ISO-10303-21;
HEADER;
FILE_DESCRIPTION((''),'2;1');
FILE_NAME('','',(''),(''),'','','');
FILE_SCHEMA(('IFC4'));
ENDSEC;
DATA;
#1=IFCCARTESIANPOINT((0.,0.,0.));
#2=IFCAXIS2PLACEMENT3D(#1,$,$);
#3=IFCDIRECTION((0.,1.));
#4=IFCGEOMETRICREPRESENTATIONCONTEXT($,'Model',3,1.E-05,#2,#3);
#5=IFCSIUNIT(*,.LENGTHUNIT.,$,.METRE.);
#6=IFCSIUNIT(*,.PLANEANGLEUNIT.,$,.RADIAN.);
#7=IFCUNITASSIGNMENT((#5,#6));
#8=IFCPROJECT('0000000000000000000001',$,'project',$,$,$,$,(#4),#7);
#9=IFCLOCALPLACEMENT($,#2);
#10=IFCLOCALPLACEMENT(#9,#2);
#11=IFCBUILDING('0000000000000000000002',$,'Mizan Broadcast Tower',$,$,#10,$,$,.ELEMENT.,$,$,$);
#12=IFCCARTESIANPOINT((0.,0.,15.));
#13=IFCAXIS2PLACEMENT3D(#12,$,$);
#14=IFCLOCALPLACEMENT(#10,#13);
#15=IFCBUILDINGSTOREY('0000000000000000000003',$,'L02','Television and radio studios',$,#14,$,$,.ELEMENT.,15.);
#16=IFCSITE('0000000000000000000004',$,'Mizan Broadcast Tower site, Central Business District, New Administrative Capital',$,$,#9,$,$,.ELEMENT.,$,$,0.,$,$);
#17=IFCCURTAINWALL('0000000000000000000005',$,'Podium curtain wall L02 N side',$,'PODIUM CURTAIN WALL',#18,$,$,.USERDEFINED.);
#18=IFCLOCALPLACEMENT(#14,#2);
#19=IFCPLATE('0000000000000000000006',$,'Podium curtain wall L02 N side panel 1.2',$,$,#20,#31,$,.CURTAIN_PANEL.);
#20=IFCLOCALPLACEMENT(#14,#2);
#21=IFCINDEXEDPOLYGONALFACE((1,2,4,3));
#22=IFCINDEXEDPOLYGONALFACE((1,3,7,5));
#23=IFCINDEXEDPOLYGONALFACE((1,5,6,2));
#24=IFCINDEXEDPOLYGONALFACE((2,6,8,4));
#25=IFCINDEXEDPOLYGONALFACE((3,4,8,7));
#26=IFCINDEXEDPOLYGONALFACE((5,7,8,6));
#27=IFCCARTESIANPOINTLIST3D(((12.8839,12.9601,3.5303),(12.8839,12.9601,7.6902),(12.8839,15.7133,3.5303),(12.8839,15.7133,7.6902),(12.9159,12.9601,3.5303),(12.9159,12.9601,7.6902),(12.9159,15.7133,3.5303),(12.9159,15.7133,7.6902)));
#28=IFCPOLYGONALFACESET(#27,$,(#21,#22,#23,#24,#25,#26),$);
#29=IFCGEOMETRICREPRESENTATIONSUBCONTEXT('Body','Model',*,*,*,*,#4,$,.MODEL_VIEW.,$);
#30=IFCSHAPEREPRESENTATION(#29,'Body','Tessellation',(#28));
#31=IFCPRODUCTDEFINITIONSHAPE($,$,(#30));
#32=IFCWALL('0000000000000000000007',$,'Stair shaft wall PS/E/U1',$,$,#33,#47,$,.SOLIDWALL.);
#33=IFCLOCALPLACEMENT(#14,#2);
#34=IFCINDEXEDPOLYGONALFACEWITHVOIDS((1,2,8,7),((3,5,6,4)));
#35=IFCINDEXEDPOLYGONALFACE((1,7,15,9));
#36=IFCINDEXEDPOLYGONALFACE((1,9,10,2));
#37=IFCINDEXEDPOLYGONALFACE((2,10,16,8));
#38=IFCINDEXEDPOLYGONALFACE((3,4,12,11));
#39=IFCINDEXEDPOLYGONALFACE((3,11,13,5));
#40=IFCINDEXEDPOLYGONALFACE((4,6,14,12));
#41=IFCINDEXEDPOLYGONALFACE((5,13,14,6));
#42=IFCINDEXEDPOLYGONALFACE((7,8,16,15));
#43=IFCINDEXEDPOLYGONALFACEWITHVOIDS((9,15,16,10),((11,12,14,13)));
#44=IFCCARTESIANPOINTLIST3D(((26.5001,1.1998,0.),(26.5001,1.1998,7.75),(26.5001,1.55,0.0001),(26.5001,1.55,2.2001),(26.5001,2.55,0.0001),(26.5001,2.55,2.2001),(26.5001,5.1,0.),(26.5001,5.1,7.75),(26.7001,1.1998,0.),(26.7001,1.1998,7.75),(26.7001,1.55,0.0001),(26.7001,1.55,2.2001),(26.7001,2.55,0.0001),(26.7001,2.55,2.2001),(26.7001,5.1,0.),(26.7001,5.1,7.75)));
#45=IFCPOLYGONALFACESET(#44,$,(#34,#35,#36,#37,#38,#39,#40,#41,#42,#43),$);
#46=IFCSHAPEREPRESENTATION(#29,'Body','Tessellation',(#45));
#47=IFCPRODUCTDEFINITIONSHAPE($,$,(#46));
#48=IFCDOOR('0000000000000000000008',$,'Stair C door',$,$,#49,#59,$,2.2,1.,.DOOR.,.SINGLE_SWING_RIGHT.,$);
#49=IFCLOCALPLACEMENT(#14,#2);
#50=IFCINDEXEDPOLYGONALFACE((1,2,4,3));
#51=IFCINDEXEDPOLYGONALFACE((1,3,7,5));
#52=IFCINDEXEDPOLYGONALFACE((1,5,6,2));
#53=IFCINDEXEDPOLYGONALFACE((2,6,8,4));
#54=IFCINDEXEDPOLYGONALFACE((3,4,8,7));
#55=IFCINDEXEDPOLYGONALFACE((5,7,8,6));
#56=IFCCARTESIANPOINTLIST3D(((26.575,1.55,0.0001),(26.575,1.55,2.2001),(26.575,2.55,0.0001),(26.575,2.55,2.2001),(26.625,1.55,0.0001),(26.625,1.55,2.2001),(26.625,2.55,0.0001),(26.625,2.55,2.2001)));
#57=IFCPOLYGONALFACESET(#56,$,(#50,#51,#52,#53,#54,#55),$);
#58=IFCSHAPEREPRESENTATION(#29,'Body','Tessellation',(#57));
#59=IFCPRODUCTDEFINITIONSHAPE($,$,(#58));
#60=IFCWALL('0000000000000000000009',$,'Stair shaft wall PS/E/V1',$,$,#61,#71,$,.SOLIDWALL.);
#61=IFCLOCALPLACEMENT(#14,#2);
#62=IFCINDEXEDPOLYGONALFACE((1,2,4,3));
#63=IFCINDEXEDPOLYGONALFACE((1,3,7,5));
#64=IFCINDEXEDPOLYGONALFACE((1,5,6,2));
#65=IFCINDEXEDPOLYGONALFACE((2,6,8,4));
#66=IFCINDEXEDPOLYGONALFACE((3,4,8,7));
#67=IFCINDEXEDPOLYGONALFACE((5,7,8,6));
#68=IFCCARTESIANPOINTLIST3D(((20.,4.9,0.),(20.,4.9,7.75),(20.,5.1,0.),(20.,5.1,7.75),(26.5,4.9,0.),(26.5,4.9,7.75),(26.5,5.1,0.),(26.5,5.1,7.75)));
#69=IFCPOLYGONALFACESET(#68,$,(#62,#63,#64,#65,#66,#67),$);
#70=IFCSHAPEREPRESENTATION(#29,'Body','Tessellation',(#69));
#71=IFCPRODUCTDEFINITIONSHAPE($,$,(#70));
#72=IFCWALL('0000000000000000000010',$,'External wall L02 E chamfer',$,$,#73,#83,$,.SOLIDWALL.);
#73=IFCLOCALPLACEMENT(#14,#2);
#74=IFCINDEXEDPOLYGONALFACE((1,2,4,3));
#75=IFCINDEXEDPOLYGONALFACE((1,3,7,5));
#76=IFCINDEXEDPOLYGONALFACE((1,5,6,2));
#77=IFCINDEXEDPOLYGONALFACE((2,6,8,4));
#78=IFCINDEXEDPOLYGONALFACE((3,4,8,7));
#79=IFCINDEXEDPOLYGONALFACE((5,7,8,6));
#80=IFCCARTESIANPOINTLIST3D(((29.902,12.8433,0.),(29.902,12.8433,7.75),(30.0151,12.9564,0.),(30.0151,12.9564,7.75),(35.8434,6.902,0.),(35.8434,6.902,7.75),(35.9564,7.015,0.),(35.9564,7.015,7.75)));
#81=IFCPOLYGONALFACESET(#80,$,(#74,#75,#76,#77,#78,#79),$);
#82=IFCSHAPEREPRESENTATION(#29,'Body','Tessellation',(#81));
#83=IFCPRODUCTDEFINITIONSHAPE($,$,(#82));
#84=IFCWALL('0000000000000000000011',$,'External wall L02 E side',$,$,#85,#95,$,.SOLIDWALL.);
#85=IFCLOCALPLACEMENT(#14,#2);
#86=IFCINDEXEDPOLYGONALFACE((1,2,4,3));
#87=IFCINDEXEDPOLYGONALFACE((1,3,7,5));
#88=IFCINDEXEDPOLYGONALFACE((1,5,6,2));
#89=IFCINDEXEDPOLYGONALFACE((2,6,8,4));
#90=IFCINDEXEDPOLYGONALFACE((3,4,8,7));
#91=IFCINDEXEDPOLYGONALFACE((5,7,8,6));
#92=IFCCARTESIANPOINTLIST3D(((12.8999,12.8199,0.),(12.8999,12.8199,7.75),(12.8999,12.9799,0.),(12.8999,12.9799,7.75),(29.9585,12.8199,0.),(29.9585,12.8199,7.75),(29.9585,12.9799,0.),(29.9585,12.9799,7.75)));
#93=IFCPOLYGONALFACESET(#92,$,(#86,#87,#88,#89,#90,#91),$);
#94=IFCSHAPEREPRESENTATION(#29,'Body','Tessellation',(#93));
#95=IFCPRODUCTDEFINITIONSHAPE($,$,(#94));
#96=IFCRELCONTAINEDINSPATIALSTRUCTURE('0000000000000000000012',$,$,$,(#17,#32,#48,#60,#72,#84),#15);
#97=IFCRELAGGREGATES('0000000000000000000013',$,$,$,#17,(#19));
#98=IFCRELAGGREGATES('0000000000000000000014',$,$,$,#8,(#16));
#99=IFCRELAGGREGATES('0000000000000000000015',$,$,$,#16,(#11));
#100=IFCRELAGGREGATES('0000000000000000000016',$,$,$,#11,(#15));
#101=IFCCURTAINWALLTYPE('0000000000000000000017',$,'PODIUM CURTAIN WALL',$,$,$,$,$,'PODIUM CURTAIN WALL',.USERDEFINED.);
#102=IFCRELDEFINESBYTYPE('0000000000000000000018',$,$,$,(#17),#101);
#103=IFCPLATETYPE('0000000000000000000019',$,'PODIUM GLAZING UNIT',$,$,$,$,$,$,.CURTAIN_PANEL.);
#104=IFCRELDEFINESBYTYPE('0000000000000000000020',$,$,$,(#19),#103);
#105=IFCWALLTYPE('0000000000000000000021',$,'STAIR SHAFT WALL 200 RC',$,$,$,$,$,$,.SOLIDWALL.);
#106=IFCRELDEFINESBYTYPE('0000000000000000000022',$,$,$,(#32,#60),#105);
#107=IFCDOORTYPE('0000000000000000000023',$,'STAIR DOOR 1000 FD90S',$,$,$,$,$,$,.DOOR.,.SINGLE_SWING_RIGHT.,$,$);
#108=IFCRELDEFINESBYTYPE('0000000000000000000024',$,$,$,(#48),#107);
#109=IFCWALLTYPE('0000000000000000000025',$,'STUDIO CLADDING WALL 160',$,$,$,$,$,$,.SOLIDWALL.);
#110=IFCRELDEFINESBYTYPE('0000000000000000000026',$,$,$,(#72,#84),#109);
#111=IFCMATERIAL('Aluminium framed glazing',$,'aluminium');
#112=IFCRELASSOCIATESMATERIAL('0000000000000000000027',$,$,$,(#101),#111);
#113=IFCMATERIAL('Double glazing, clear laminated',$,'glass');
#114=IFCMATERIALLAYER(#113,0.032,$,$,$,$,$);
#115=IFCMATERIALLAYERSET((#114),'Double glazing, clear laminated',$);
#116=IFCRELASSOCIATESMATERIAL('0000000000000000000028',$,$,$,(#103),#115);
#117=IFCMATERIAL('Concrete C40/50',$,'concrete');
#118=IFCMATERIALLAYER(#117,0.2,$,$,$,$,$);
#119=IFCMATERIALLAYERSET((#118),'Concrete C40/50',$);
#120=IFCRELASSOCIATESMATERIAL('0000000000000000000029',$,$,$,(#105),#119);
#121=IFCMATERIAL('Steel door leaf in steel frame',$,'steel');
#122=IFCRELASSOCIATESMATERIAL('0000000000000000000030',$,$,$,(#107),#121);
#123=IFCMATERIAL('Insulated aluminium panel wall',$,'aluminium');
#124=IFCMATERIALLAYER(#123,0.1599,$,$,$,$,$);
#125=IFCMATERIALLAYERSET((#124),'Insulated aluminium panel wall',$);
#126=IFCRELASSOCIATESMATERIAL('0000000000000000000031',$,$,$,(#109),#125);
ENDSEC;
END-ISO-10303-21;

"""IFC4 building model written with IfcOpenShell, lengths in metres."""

from ifc_helpers import new_model, si_unit, direction, frame, frame_2d, origin, origin_2d, place, context, subcontext, project, spatial, rectangle, extrude, material, layer, layer_set, type_object, element, fill, aggregate, save


model = new_model("IFC4")

# Units and contexts
model_context = context("Model", 3, precision=1e-05, world=origin(), true_north=direction((0.0, 1.0)))
body_context = subcontext(model_context, "Body", "Model", "MODEL_VIEW")
ifc_project = project(units=[si_unit("LENGTHUNIT", "METRE"), si_unit("PLANEANGLEUNIT", "RADIAN")], contexts=[model_context])

# Site, building, storey
site_placement = place(None, origin())
site = spatial("IfcSite", under=ifc_project, at=site_placement, Name="Mizan Broadcast Tower site, Central Business District, New Administrative Capital", CompositionType="ELEMENT", RefElevation=0.0)
building_placement = place(site_placement, origin())
building = spatial("IfcBuilding", under=site, at=building_placement, Name="Mizan Broadcast Tower", CompositionType="ELEMENT")
storey_placement = place(building_placement, frame((0.0, 0.0, 15.0)))
storey = spatial("IfcBuildingStorey", under=building, at=storey_placement, Name="L02", Description="Television and radio studios", CompositionType="ELEMENT", Elevation=15.0)

# Curtain wall, plate
ifc_material_1 = material(Name="Aluminium framed glazing", Category="aluminium")
curtain_wall_type_1 = type_object("IfcCurtainWallType", Name="PODIUM CURTAIN WALL", ElementType="PODIUM CURTAIN WALL", PredefinedType="USERDEFINED", material=ifc_material_1)
curtain_wall_1_placement = place(storey_placement, origin())
curtain_wall_1 = element("IfcCurtainWall", 1, at=curtain_wall_1_placement, inside=storey, type_object=curtain_wall_type_1, Name="Podium curtain wall L02 N side", ObjectType="PODIUM CURTAIN WALL", PredefinedType="USERDEFINED")
ifc_material_2 = material(Name="Double glazing, clear laminated", Category="glass")
ifc_layer_1 = layer(ifc_material_2, 0.032)
ifc_layer_set_1 = layer_set([ifc_layer_1], Name="Double glazing, clear laminated")
plate_type_1 = type_object("IfcPlateType", Name="PODIUM GLAZING UNIT", PredefinedType="CURTAIN_PANEL", material=ifc_layer_set_1)
plate_1_placement = place(storey_placement, frame((12.8999, 14.3367, 3.5303), z_axis=(0.0, 0.0, 1.0), x_axis=(0.0, 1.0, 0.0)))
plate_1 = element("IfcPlate", 2, at=plate_1_placement, type_object=plate_type_1, Name="Podium curtain wall L02 N side panel 1.2", PredefinedType="CURTAIN_PANEL", context=body_context, shape_type="SweptSolid", body=[
    extrude(rectangle(XDim=2.7532, YDim=0.032, at=origin_2d()), origin(), (0.0, 0.0, 1.0), 4.1599),
])
aggregate(curtain_wall_1, [plate_1])

# Wall, opening, door
ifc_material_3 = material(Name="Concrete C40/50", Category="concrete")
ifc_layer_2 = layer(ifc_material_3, 0.2)
ifc_layer_set_2 = layer_set([ifc_layer_2], Name="Concrete C40/50")
wall_type_1 = type_object("IfcWallType", Name="STAIR SHAFT WALL 200 RC", PredefinedType="SOLIDWALL", material=ifc_layer_set_2)
wall_1_placement = place(storey_placement, frame((26.6001, 5.1001, 0.0), z_axis=(0.0, 0.0, 1.0), x_axis=(0.0, -1.0, 0.0)))
wall_1 = element("IfcWall", 3, at=wall_1_placement, inside=storey, type_object=wall_type_1, Name="Stair shaft wall PS/E/U1", PredefinedType="SOLIDWALL", context=body_context, shape_type="SweptSolid", body=[
    extrude(rectangle(XDim=3.9001, YDim=0.2, at=frame_2d((1.9502, 0.0))), origin(), (0.0, 0.0, 1.0), 7.75),
])
opening_placement = place(wall_1_placement, frame((2.55, 0.0, 0.0)))
opening = element("IfcOpeningElement", 4, at=opening_placement, cuts=wall_1, PredefinedType="OPENING", context=body_context, shape_type="SweptSolid", body=[
    extrude(rectangle(XDim=1.0, YDim=2.2, at=frame_2d((0.5, 1.1001))), frame((0.0, 0.1099, 0.0), z_axis=(0.0, -1.0, 0.0), x_axis=(1.0, 0.0, 0.0)), (0.0, 0.0, 1.0), 0.22),
])
ifc_material_4 = material(Name="Steel door leaf in steel frame", Category="steel")
door_type = type_object("IfcDoorType", Name="STAIR DOOR 1000 FD90S", OperationType="SINGLE_SWING_RIGHT", PredefinedType="DOOR", material=ifc_material_4)
door_placement = place(opening_placement, origin())
door = element("IfcDoor", 5, at=door_placement, inside=storey, type_object=door_type, Name="Stair C door", OperationType="SINGLE_SWING_RIGHT", OverallHeight=2.2, OverallWidth=1.0, PredefinedType="DOOR", context=body_context, shape_type="SweptSolid", body=[
    extrude(rectangle(XDim=1.0, YDim=2.2, at=frame_2d((0.5, 1.1001))), frame((0.0, 0.0249, 0.0), z_axis=(0.0, -1.0, 0.0), x_axis=(1.0, 0.0, 0.0)), (0.0, 0.0, 1.0), 0.05),
])
fill(opening, door)

# Walls
wall_2_placement = place(storey_placement, frame((26.5, 5.0, 0.0), z_axis=(0.0, 0.0, 1.0), x_axis=(-1.0, 0.0, 0.0)))
element("IfcWall", 6, at=wall_2_placement, inside=storey, type_object=wall_type_1, Name="Stair shaft wall PS/E/V1", PredefinedType="SOLIDWALL", context=body_context, shape_type="SweptSolid", body=[
    extrude(rectangle(XDim=6.5, YDim=0.2, at=frame_2d((3.25, 0.0))), origin(), (0.0, 0.0, 1.0), 7.75),
])
ifc_material_5 = material(Name="Insulated aluminium panel wall", Category="aluminium")
ifc_layer_3 = layer(ifc_material_5, 0.1599)
ifc_layer_set_3 = layer_set([ifc_layer_3], Name="Insulated aluminium panel wall")
wall_type_2 = type_object("IfcWallType", Name="STUDIO CLADDING WALL 160", PredefinedType="SOLIDWALL", material=ifc_layer_set_3)
wall_3_placement = place(storey_placement, frame((35.8999, 6.9585, 0.0), z_axis=(0.0, 0.0, 1.0), x_axis=(-0.707107, 0.707107, 0.0)))
element("IfcWall", 7, at=wall_3_placement, inside=storey, type_object=wall_type_2, Name="External wall L02 E chamfer", PredefinedType="SOLIDWALL", context=body_context, shape_type="SweptSolid", body=[
    extrude(rectangle(XDim=8.4023, YDim=0.1599, at=frame_2d((4.2012, 0.0))), origin(), (0.0, 0.0, 1.0), 7.75),
])
wall_4_placement = place(storey_placement, frame((29.9585, 12.8999, 0.0), z_axis=(0.0, 0.0, 1.0), x_axis=(-1.0, 0.0, 0.0)))
element("IfcWall", 8, at=wall_4_placement, inside=storey, type_object=wall_type_2, Name="External wall L02 E side", PredefinedType="SOLIDWALL", context=body_context, shape_type="SweptSolid", body=[
    extrude(rectangle(XDim=17.0586, YDim=0.1599, at=frame_2d((8.5293, 0.0))), origin(), (0.0, 0.0, 1.0), 7.75),
])

save(model, "model.ifc")
